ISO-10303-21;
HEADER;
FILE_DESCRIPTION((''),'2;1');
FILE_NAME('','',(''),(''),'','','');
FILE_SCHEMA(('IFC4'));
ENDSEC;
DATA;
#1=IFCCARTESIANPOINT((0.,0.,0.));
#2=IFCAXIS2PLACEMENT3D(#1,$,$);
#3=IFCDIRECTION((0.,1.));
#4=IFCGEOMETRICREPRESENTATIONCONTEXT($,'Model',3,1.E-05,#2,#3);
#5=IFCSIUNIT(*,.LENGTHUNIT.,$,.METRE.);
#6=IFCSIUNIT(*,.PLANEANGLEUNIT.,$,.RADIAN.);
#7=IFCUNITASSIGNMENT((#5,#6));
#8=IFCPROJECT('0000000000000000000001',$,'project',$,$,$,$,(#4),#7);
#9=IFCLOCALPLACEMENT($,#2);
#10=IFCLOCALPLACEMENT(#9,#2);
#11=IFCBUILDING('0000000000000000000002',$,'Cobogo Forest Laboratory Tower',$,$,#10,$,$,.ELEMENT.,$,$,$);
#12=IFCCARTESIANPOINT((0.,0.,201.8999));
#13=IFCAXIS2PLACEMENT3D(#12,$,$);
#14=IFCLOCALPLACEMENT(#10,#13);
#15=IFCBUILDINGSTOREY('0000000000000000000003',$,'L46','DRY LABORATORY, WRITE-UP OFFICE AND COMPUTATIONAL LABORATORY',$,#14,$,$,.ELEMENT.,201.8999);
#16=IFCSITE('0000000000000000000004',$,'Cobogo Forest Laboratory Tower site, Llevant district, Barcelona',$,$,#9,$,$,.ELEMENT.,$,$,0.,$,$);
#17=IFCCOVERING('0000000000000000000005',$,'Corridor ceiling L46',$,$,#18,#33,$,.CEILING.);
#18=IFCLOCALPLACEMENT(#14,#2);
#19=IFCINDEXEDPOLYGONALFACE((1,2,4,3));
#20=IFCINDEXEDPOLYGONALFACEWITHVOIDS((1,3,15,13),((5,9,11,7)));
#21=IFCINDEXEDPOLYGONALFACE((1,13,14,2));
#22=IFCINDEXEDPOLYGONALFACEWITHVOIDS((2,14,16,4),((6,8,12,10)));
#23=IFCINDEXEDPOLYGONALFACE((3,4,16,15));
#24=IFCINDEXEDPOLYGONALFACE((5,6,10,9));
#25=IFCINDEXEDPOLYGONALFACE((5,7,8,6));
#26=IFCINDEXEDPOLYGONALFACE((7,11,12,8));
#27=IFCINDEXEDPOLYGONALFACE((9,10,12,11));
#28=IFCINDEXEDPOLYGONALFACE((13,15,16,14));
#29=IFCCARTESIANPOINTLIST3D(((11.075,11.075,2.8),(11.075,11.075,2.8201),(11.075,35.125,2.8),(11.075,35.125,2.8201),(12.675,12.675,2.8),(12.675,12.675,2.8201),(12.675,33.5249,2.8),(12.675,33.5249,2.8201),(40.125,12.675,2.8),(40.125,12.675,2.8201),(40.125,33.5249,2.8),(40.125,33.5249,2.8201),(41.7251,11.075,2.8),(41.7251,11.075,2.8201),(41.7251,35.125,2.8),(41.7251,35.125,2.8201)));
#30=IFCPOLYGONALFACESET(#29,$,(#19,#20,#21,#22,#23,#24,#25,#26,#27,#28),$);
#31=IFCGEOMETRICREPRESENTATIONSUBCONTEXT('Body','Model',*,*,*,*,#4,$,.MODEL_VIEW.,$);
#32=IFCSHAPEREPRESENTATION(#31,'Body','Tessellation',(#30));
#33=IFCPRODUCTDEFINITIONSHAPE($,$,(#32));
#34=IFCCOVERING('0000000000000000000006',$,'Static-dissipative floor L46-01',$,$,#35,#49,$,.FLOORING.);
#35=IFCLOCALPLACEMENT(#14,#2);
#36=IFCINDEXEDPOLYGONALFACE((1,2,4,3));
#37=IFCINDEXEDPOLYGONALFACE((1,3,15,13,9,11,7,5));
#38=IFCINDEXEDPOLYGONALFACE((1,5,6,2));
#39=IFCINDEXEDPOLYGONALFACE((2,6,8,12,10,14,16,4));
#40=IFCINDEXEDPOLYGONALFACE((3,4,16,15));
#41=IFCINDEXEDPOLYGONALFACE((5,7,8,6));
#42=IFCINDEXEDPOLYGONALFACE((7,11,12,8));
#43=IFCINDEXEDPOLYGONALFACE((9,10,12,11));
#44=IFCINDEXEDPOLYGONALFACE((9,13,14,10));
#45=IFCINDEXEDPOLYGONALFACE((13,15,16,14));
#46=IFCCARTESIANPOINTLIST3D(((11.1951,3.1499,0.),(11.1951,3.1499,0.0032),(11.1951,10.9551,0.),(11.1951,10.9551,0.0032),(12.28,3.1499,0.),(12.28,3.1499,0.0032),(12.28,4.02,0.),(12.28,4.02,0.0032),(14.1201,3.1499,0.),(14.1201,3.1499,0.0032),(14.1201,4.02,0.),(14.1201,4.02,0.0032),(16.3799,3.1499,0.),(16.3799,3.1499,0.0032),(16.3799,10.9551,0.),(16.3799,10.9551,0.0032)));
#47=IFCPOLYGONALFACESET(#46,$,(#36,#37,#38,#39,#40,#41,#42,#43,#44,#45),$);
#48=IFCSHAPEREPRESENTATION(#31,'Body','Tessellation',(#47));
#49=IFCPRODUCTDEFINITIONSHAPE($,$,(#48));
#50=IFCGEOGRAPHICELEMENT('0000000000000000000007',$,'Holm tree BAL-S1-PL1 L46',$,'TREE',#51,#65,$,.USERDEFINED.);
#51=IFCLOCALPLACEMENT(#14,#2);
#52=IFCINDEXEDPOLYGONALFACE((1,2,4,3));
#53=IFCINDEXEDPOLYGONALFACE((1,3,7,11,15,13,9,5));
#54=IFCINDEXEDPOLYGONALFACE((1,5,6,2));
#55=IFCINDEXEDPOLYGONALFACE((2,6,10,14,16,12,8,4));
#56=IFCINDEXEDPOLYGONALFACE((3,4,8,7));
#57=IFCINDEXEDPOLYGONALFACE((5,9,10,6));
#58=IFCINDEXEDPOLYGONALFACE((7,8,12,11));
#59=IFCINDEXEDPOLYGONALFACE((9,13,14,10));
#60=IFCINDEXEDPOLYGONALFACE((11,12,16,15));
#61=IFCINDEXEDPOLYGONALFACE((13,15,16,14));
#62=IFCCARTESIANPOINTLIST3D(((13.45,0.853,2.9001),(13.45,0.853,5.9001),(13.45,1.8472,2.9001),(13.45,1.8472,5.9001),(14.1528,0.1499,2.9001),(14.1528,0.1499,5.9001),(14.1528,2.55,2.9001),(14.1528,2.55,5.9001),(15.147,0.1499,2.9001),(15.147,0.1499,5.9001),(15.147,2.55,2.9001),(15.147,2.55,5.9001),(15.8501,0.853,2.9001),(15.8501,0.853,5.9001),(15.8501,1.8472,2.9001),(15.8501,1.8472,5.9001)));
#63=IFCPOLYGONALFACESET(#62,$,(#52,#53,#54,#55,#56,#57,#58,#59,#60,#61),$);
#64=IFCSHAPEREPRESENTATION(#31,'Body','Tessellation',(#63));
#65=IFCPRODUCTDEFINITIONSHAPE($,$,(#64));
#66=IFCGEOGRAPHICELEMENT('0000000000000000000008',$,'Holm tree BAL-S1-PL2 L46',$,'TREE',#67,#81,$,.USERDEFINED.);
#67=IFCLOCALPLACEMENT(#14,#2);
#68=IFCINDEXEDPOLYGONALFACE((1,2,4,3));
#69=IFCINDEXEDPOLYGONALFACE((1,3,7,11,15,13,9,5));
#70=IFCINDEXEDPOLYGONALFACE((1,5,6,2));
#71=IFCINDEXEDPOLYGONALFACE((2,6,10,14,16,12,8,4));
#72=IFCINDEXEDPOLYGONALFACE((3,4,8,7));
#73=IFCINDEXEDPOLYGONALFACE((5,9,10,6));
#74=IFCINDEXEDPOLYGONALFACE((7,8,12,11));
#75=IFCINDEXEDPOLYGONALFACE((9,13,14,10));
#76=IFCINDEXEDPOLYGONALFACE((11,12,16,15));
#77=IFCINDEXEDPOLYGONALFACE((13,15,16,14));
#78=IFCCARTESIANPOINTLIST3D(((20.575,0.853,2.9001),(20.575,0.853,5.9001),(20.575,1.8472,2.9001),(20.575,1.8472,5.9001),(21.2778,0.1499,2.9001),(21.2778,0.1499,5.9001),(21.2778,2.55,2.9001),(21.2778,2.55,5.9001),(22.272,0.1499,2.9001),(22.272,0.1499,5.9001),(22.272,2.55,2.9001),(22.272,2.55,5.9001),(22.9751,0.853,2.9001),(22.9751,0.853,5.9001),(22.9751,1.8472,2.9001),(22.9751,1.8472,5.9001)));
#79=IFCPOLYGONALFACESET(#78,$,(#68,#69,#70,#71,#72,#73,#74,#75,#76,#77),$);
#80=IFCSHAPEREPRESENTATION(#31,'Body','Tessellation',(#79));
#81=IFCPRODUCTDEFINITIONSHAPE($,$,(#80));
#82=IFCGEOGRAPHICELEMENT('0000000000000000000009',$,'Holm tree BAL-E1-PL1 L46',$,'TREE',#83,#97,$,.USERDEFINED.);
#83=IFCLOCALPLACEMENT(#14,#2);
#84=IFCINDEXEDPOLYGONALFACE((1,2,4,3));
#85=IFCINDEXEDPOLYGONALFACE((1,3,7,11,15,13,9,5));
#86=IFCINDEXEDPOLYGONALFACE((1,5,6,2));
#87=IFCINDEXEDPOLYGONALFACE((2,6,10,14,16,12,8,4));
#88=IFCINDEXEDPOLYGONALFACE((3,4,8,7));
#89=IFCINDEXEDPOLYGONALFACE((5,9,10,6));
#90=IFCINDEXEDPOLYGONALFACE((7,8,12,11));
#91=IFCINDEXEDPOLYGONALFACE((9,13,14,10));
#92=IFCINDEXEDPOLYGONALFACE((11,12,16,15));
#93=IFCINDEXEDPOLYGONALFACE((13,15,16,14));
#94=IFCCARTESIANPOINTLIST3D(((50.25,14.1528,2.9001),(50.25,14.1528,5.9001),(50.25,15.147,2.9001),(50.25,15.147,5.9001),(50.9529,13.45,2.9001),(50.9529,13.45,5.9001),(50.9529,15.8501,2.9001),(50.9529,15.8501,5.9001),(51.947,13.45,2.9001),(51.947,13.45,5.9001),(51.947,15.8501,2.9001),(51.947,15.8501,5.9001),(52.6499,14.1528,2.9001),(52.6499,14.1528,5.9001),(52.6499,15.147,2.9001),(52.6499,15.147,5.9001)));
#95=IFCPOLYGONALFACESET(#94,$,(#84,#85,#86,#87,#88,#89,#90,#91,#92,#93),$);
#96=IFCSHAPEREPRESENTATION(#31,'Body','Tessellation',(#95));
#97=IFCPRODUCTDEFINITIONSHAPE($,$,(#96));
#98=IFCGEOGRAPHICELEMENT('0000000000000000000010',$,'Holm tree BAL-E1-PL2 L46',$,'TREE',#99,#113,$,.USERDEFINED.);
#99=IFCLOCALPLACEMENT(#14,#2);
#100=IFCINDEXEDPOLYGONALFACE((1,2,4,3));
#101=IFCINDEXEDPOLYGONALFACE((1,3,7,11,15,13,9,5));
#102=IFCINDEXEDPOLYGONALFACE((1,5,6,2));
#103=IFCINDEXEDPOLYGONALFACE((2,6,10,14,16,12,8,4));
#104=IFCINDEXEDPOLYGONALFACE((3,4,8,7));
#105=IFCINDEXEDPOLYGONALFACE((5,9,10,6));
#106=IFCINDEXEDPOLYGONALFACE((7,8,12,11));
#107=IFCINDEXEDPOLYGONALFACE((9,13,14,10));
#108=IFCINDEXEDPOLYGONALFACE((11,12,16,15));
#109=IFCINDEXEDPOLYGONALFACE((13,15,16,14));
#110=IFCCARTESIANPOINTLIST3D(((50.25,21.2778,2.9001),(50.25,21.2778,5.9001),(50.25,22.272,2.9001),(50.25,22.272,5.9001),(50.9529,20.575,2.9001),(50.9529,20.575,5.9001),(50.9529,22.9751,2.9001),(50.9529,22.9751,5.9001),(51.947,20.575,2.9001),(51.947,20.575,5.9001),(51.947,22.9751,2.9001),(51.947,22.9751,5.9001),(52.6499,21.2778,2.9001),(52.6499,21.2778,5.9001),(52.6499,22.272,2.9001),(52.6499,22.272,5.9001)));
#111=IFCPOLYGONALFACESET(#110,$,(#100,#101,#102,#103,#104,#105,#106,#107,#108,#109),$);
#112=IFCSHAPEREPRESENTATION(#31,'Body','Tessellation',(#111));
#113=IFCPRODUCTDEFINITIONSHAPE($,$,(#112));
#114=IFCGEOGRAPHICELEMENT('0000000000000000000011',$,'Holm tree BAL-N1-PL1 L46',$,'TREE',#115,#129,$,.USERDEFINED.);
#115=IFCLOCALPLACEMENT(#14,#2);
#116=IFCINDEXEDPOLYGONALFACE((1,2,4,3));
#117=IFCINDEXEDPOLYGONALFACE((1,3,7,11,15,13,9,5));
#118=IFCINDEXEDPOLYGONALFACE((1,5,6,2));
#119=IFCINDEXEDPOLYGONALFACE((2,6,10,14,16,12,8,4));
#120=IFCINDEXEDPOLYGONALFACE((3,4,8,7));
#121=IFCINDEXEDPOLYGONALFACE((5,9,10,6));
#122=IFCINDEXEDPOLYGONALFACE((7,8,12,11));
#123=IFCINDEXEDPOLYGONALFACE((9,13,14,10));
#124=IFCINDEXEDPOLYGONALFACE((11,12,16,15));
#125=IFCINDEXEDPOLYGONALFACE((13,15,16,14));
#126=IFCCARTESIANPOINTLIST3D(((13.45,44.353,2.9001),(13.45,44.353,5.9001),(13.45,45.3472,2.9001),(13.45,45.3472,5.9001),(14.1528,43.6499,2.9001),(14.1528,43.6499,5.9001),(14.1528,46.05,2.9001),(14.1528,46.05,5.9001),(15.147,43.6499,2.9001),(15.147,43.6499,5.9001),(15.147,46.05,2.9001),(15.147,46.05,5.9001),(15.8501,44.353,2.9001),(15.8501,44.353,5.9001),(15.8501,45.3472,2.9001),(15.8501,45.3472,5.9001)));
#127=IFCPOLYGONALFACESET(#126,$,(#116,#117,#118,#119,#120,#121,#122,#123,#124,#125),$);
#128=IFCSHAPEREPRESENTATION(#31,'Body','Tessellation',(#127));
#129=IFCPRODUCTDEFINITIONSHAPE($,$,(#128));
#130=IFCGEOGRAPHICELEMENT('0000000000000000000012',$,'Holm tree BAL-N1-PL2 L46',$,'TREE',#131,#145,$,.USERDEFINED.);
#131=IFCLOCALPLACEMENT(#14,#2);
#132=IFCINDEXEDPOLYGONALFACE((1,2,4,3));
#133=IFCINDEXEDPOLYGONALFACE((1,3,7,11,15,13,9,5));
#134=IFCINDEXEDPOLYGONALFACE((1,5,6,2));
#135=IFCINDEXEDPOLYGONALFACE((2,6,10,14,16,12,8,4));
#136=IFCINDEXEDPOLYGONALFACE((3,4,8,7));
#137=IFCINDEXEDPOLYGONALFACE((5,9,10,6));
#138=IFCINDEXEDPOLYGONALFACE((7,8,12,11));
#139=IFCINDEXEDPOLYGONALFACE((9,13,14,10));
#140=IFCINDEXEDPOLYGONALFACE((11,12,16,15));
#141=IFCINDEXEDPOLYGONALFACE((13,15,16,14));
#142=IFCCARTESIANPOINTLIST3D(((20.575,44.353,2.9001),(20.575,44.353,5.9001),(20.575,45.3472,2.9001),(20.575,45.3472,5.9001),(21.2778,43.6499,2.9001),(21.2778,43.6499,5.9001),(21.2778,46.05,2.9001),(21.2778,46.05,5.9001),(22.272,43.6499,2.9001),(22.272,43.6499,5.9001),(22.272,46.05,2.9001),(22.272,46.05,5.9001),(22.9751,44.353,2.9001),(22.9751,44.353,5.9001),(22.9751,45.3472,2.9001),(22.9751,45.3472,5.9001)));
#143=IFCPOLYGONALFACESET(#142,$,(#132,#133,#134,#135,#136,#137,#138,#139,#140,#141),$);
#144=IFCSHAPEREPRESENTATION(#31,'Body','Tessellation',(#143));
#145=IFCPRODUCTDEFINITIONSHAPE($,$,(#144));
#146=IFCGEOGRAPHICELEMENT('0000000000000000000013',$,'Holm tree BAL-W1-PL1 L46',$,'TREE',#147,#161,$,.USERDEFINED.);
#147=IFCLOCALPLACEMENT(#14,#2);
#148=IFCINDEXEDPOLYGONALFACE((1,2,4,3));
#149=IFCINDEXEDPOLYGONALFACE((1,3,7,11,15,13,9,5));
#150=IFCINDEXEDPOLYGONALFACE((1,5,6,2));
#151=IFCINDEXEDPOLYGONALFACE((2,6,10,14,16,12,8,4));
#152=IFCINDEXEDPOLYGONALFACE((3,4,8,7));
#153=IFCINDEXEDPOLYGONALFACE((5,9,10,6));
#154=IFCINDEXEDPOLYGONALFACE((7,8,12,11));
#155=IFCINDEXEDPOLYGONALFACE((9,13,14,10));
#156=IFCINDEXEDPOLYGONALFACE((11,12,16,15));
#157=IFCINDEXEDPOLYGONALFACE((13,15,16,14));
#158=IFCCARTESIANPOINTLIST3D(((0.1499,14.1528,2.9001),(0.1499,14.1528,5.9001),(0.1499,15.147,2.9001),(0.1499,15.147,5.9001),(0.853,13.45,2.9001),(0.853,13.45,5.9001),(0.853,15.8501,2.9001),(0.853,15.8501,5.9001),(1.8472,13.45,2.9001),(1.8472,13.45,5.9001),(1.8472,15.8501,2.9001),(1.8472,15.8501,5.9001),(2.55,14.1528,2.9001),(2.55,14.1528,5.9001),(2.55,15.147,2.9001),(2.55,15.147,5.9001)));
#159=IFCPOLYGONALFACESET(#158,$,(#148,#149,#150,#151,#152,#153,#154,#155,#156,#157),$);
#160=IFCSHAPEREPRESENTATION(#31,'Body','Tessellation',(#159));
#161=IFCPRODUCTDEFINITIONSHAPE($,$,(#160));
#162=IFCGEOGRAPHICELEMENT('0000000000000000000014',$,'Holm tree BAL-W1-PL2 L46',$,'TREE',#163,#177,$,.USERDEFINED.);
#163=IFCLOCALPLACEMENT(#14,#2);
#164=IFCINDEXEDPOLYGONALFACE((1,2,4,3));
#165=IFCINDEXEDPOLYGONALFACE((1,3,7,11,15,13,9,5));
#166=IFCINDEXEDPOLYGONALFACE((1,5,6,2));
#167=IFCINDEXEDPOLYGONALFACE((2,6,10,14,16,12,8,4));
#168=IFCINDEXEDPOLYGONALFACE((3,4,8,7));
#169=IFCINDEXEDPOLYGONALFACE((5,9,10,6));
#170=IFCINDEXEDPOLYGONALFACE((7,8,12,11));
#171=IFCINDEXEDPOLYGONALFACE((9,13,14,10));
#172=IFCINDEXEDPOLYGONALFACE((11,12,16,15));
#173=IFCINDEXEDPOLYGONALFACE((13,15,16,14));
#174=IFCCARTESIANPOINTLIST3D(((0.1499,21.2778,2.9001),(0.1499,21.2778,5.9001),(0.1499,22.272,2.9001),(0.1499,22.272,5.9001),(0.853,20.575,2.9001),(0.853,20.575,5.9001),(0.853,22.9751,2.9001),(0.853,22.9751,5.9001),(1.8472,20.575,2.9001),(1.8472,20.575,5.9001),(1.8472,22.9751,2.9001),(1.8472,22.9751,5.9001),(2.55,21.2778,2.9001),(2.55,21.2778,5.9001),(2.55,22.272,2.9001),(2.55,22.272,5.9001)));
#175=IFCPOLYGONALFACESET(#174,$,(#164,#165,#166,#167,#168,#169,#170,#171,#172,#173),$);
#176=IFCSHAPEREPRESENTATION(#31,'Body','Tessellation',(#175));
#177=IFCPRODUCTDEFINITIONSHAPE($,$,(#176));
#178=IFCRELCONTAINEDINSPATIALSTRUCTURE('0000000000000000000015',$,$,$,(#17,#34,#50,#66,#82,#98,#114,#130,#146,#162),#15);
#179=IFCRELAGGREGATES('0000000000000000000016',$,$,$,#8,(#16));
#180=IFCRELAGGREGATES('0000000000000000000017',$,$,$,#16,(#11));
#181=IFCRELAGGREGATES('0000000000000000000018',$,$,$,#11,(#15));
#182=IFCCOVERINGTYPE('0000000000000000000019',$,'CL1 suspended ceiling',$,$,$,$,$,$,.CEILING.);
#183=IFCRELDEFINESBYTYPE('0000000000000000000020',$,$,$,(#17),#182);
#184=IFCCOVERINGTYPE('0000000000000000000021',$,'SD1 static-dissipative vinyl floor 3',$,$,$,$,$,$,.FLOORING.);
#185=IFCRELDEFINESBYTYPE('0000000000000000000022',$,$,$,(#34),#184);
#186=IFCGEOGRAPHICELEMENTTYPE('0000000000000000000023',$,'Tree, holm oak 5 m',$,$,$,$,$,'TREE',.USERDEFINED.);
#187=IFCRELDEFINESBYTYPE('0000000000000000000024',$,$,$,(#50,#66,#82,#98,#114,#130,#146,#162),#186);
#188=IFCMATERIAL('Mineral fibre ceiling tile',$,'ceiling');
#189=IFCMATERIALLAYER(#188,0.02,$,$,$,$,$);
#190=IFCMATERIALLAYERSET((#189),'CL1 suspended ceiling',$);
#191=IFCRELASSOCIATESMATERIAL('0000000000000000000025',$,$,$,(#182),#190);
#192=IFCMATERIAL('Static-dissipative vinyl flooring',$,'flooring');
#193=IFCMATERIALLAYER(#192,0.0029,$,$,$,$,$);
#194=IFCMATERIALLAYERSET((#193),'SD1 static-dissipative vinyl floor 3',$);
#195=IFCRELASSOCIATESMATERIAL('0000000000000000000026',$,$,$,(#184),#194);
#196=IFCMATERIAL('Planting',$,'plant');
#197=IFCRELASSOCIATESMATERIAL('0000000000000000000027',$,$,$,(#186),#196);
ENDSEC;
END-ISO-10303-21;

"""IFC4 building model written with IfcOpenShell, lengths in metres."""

from ifc_helpers import new_model, si_unit, direction, frame, origin, place, context, subcontext, project, spatial, polyline, outline, extrude, material, layer, layer_set, type_object, element, save


model = new_model("IFC4")

# Units and contexts
model_context = context("Model", 3, precision=1e-05, world=origin(), true_north=direction((0.0, 1.0)))
body_context = subcontext(model_context, "Body", "Model", "MODEL_VIEW")
ifc_project = project(units=[si_unit("LENGTHUNIT", "METRE"), si_unit("PLANEANGLEUNIT", "RADIAN")], contexts=[model_context])

# Site, building, storey
site_placement = place(None, origin())
site = spatial("IfcSite", under=ifc_project, at=site_placement, Name="Cobogo Forest Laboratory Tower site, Llevant district, Barcelona", CompositionType="ELEMENT", RefElevation=0.0)
building_placement = place(site_placement, origin())
building = spatial("IfcBuilding", under=site, at=building_placement, Name="Cobogo Forest Laboratory Tower", CompositionType="ELEMENT")
storey_placement = place(building_placement, frame((0.0, 0.0, 201.8999)))
storey = spatial("IfcBuildingStorey", under=building, at=storey_placement, Name="L46", Description="DRY LABORATORY, WRITE-UP OFFICE AND COMPUTATIONAL LABORATORY", CompositionType="ELEMENT", Elevation=201.8999)

# Coverings
ifc_material_1 = material(Name="Mineral fibre ceiling tile", Category="ceiling")
ifc_layer_1 = layer(ifc_material_1, 0.02)
ifc_layer_set_1 = layer_set([ifc_layer_1], Name="CL1 suspended ceiling")
covering_type_1 = type_object("IfcCoveringType", Name="CL1 suspended ceiling", PredefinedType="CEILING", material=ifc_layer_set_1)
covering_1_placement = place(storey_placement, frame((0.0, 0.0, 2.8)))
element("IfcCovering", 1, at=covering_1_placement, inside=storey, type_object=covering_type_1, Name="Corridor ceiling L46", PredefinedType="CEILING", context=body_context, shape_type="SweptSolid", body=[
    extrude(outline(polyline([(11.075, 11.075), (11.075, 35.125), (41.7251, 35.125), (41.7251, 11.075), (11.075, 11.075)]), holes=[polyline([(40.125, 33.5249), (12.675, 33.5249), (12.675, 12.675), (40.125, 12.675), (40.125, 33.5249)])]), origin(), (0.0, 0.0, 1.0), 0.02),
])
ifc_material_2 = material(Name="Static-dissipative vinyl flooring", Category="flooring")
ifc_layer_2 = layer(ifc_material_2, 0.0029)
ifc_layer_set_2 = layer_set([ifc_layer_2], Name="SD1 static-dissipative vinyl floor 3")
covering_type_2 = type_object("IfcCoveringType", Name="SD1 static-dissipative vinyl floor 3", PredefinedType="FLOORING", material=ifc_layer_set_2)
covering_2_placement = place(storey_placement, origin())
element("IfcCovering", 2, at=covering_2_placement, inside=storey, type_object=covering_type_2, Name="Static-dissipative floor L46-01", PredefinedType="FLOORING", context=body_context, shape_type="SweptSolid", body=[
    extrude(outline(polyline([(16.3799, 10.9551), (16.3799, 3.1499), (14.1201, 3.1499), (14.1201, 4.02), (12.28, 4.02), (12.28, 3.1499), (11.1951, 3.1499), (11.1951, 10.9551), (16.3799, 10.9551)])), origin(), (0.0, 0.0, 1.0), 0.0032),
])

# Geographic elements
ifc_material_3 = material(Name="Planting", Category="plant")
geographic_element_type = type_object("IfcGeographicElementType", Name="Tree, holm oak 5 m", ElementType="TREE", PredefinedType="USERDEFINED", material=ifc_material_3)
geographic_element_1_placement = place(storey_placement, frame((0.0, 0.0, 2.9001)))
element("IfcGeographicElement", 3, at=geographic_element_1_placement, inside=storey, type_object=geographic_element_type, Name="Holm tree BAL-S1-PL1 L46", ObjectType="TREE", PredefinedType="USERDEFINED", context=body_context, shape_type="SweptSolid", body=[
    extrude(outline(polyline([(15.8501, 0.853), (15.8501, 1.8472), (15.147, 2.55), (14.1528, 2.55), (13.45, 1.8472), (13.45, 0.853), (14.1528, 0.1499), (15.147, 0.1499), (15.8501, 0.853)])), origin(), (0.0, 0.0, 1.0), 3.0),
])
geographic_element_2_placement = place(storey_placement, frame((0.0, 0.0, 2.9001)))
element("IfcGeographicElement", 4, at=geographic_element_2_placement, inside=storey, type_object=geographic_element_type, Name="Holm tree BAL-S1-PL2 L46", ObjectType="TREE", PredefinedType="USERDEFINED", context=body_context, shape_type="SweptSolid", body=[
    extrude(outline(polyline([(22.9751, 0.853), (22.9751, 1.8472), (22.272, 2.55), (21.2778, 2.55), (20.575, 1.8472), (20.575, 0.853), (21.2778, 0.1499), (22.272, 0.1499), (22.9751, 0.853)])), origin(), (0.0, 0.0, 1.0), 3.0),
])
geographic_element_3_placement = place(storey_placement, frame((0.0, 0.0, 2.9001)))
element("IfcGeographicElement", 5, at=geographic_element_3_placement, inside=storey, type_object=geographic_element_type, Name="Holm tree BAL-E1-PL1 L46", ObjectType="TREE", PredefinedType="USERDEFINED", context=body_context, shape_type="SweptSolid", body=[
    extrude(outline(polyline([(52.6499, 14.1528), (52.6499, 15.147), (51.947, 15.8501), (50.9529, 15.8501), (50.25, 15.147), (50.25, 14.1528), (50.9529, 13.45), (51.947, 13.45), (52.6499, 14.1528)])), origin(), (0.0, 0.0, 1.0), 3.0),
])
geographic_element_4_placement = place(storey_placement, frame((0.0, 0.0, 2.9001)))
element("IfcGeographicElement", 6, at=geographic_element_4_placement, inside=storey, type_object=geographic_element_type, Name="Holm tree BAL-E1-PL2 L46", ObjectType="TREE", PredefinedType="USERDEFINED", context=body_context, shape_type="SweptSolid", body=[
    extrude(outline(polyline([(52.6499, 21.2778), (52.6499, 22.272), (51.947, 22.9751), (50.9529, 22.9751), (50.25, 22.272), (50.25, 21.2778), (50.9529, 20.575), (51.947, 20.575), (52.6499, 21.2778)])), origin(), (0.0, 0.0, 1.0), 3.0),
])
geographic_element_5_placement = place(storey_placement, frame((0.0, 0.0, 2.9001)))
element("IfcGeographicElement", 7, at=geographic_element_5_placement, inside=storey, type_object=geographic_element_type, Name="Holm tree BAL-N1-PL1 L46", ObjectType="TREE", PredefinedType="USERDEFINED", context=body_context, shape_type="SweptSolid", body=[
    extrude(outline(polyline([(15.8501, 44.353), (15.8501, 45.3472), (15.147, 46.05), (14.1528, 46.05), (13.45, 45.3472), (13.45, 44.353), (14.1528, 43.6499), (15.147, 43.6499), (15.8501, 44.353)])), origin(), (0.0, 0.0, 1.0), 3.0),
])
geographic_element_6_placement = place(storey_placement, frame((0.0, 0.0, 2.9001)))
element("IfcGeographicElement", 8, at=geographic_element_6_placement, inside=storey, type_object=geographic_element_type, Name="Holm tree BAL-N1-PL2 L46", ObjectType="TREE", PredefinedType="USERDEFINED", context=body_context, shape_type="SweptSolid", body=[
    extrude(outline(polyline([(22.9751, 44.353), (22.9751, 45.3472), (22.272, 46.05), (21.2778, 46.05), (20.575, 45.3472), (20.575, 44.353), (21.2778, 43.6499), (22.272, 43.6499), (22.9751, 44.353)])), origin(), (0.0, 0.0, 1.0), 3.0),
])
geographic_element_7_placement = place(storey_placement, frame((0.0, 0.0, 2.9001)))
element("IfcGeographicElement", 9, at=geographic_element_7_placement, inside=storey, type_object=geographic_element_type, Name="Holm tree BAL-W1-PL1 L46", ObjectType="TREE", PredefinedType="USERDEFINED", context=body_context, shape_type="SweptSolid", body=[
    extrude(outline(polyline([(2.55, 14.1528), (2.55, 15.147), (1.8472, 15.8501), (0.853, 15.8501), (0.1499, 15.147), (0.1499, 14.1528), (0.853, 13.45), (1.8472, 13.45), (2.55, 14.1528)])), origin(), (0.0, 0.0, 1.0), 3.0),
])
geographic_element_8_placement = place(storey_placement, frame((0.0, 0.0, 2.9001)))
element("IfcGeographicElement", 10, at=geographic_element_8_placement, inside=storey, type_object=geographic_element_type, Name="Holm tree BAL-W1-PL2 L46", ObjectType="TREE", PredefinedType="USERDEFINED", context=body_context, shape_type="SweptSolid", body=[
    extrude(outline(polyline([(2.55, 21.2778), (2.55, 22.272), (1.8472, 22.9751), (0.853, 22.9751), (0.1499, 22.272), (0.1499, 21.2778), (0.853, 20.575), (1.8472, 20.575), (2.55, 21.2778)])), origin(), (0.0, 0.0, 1.0), 3.0),
])

save(model, "model.ifc")
